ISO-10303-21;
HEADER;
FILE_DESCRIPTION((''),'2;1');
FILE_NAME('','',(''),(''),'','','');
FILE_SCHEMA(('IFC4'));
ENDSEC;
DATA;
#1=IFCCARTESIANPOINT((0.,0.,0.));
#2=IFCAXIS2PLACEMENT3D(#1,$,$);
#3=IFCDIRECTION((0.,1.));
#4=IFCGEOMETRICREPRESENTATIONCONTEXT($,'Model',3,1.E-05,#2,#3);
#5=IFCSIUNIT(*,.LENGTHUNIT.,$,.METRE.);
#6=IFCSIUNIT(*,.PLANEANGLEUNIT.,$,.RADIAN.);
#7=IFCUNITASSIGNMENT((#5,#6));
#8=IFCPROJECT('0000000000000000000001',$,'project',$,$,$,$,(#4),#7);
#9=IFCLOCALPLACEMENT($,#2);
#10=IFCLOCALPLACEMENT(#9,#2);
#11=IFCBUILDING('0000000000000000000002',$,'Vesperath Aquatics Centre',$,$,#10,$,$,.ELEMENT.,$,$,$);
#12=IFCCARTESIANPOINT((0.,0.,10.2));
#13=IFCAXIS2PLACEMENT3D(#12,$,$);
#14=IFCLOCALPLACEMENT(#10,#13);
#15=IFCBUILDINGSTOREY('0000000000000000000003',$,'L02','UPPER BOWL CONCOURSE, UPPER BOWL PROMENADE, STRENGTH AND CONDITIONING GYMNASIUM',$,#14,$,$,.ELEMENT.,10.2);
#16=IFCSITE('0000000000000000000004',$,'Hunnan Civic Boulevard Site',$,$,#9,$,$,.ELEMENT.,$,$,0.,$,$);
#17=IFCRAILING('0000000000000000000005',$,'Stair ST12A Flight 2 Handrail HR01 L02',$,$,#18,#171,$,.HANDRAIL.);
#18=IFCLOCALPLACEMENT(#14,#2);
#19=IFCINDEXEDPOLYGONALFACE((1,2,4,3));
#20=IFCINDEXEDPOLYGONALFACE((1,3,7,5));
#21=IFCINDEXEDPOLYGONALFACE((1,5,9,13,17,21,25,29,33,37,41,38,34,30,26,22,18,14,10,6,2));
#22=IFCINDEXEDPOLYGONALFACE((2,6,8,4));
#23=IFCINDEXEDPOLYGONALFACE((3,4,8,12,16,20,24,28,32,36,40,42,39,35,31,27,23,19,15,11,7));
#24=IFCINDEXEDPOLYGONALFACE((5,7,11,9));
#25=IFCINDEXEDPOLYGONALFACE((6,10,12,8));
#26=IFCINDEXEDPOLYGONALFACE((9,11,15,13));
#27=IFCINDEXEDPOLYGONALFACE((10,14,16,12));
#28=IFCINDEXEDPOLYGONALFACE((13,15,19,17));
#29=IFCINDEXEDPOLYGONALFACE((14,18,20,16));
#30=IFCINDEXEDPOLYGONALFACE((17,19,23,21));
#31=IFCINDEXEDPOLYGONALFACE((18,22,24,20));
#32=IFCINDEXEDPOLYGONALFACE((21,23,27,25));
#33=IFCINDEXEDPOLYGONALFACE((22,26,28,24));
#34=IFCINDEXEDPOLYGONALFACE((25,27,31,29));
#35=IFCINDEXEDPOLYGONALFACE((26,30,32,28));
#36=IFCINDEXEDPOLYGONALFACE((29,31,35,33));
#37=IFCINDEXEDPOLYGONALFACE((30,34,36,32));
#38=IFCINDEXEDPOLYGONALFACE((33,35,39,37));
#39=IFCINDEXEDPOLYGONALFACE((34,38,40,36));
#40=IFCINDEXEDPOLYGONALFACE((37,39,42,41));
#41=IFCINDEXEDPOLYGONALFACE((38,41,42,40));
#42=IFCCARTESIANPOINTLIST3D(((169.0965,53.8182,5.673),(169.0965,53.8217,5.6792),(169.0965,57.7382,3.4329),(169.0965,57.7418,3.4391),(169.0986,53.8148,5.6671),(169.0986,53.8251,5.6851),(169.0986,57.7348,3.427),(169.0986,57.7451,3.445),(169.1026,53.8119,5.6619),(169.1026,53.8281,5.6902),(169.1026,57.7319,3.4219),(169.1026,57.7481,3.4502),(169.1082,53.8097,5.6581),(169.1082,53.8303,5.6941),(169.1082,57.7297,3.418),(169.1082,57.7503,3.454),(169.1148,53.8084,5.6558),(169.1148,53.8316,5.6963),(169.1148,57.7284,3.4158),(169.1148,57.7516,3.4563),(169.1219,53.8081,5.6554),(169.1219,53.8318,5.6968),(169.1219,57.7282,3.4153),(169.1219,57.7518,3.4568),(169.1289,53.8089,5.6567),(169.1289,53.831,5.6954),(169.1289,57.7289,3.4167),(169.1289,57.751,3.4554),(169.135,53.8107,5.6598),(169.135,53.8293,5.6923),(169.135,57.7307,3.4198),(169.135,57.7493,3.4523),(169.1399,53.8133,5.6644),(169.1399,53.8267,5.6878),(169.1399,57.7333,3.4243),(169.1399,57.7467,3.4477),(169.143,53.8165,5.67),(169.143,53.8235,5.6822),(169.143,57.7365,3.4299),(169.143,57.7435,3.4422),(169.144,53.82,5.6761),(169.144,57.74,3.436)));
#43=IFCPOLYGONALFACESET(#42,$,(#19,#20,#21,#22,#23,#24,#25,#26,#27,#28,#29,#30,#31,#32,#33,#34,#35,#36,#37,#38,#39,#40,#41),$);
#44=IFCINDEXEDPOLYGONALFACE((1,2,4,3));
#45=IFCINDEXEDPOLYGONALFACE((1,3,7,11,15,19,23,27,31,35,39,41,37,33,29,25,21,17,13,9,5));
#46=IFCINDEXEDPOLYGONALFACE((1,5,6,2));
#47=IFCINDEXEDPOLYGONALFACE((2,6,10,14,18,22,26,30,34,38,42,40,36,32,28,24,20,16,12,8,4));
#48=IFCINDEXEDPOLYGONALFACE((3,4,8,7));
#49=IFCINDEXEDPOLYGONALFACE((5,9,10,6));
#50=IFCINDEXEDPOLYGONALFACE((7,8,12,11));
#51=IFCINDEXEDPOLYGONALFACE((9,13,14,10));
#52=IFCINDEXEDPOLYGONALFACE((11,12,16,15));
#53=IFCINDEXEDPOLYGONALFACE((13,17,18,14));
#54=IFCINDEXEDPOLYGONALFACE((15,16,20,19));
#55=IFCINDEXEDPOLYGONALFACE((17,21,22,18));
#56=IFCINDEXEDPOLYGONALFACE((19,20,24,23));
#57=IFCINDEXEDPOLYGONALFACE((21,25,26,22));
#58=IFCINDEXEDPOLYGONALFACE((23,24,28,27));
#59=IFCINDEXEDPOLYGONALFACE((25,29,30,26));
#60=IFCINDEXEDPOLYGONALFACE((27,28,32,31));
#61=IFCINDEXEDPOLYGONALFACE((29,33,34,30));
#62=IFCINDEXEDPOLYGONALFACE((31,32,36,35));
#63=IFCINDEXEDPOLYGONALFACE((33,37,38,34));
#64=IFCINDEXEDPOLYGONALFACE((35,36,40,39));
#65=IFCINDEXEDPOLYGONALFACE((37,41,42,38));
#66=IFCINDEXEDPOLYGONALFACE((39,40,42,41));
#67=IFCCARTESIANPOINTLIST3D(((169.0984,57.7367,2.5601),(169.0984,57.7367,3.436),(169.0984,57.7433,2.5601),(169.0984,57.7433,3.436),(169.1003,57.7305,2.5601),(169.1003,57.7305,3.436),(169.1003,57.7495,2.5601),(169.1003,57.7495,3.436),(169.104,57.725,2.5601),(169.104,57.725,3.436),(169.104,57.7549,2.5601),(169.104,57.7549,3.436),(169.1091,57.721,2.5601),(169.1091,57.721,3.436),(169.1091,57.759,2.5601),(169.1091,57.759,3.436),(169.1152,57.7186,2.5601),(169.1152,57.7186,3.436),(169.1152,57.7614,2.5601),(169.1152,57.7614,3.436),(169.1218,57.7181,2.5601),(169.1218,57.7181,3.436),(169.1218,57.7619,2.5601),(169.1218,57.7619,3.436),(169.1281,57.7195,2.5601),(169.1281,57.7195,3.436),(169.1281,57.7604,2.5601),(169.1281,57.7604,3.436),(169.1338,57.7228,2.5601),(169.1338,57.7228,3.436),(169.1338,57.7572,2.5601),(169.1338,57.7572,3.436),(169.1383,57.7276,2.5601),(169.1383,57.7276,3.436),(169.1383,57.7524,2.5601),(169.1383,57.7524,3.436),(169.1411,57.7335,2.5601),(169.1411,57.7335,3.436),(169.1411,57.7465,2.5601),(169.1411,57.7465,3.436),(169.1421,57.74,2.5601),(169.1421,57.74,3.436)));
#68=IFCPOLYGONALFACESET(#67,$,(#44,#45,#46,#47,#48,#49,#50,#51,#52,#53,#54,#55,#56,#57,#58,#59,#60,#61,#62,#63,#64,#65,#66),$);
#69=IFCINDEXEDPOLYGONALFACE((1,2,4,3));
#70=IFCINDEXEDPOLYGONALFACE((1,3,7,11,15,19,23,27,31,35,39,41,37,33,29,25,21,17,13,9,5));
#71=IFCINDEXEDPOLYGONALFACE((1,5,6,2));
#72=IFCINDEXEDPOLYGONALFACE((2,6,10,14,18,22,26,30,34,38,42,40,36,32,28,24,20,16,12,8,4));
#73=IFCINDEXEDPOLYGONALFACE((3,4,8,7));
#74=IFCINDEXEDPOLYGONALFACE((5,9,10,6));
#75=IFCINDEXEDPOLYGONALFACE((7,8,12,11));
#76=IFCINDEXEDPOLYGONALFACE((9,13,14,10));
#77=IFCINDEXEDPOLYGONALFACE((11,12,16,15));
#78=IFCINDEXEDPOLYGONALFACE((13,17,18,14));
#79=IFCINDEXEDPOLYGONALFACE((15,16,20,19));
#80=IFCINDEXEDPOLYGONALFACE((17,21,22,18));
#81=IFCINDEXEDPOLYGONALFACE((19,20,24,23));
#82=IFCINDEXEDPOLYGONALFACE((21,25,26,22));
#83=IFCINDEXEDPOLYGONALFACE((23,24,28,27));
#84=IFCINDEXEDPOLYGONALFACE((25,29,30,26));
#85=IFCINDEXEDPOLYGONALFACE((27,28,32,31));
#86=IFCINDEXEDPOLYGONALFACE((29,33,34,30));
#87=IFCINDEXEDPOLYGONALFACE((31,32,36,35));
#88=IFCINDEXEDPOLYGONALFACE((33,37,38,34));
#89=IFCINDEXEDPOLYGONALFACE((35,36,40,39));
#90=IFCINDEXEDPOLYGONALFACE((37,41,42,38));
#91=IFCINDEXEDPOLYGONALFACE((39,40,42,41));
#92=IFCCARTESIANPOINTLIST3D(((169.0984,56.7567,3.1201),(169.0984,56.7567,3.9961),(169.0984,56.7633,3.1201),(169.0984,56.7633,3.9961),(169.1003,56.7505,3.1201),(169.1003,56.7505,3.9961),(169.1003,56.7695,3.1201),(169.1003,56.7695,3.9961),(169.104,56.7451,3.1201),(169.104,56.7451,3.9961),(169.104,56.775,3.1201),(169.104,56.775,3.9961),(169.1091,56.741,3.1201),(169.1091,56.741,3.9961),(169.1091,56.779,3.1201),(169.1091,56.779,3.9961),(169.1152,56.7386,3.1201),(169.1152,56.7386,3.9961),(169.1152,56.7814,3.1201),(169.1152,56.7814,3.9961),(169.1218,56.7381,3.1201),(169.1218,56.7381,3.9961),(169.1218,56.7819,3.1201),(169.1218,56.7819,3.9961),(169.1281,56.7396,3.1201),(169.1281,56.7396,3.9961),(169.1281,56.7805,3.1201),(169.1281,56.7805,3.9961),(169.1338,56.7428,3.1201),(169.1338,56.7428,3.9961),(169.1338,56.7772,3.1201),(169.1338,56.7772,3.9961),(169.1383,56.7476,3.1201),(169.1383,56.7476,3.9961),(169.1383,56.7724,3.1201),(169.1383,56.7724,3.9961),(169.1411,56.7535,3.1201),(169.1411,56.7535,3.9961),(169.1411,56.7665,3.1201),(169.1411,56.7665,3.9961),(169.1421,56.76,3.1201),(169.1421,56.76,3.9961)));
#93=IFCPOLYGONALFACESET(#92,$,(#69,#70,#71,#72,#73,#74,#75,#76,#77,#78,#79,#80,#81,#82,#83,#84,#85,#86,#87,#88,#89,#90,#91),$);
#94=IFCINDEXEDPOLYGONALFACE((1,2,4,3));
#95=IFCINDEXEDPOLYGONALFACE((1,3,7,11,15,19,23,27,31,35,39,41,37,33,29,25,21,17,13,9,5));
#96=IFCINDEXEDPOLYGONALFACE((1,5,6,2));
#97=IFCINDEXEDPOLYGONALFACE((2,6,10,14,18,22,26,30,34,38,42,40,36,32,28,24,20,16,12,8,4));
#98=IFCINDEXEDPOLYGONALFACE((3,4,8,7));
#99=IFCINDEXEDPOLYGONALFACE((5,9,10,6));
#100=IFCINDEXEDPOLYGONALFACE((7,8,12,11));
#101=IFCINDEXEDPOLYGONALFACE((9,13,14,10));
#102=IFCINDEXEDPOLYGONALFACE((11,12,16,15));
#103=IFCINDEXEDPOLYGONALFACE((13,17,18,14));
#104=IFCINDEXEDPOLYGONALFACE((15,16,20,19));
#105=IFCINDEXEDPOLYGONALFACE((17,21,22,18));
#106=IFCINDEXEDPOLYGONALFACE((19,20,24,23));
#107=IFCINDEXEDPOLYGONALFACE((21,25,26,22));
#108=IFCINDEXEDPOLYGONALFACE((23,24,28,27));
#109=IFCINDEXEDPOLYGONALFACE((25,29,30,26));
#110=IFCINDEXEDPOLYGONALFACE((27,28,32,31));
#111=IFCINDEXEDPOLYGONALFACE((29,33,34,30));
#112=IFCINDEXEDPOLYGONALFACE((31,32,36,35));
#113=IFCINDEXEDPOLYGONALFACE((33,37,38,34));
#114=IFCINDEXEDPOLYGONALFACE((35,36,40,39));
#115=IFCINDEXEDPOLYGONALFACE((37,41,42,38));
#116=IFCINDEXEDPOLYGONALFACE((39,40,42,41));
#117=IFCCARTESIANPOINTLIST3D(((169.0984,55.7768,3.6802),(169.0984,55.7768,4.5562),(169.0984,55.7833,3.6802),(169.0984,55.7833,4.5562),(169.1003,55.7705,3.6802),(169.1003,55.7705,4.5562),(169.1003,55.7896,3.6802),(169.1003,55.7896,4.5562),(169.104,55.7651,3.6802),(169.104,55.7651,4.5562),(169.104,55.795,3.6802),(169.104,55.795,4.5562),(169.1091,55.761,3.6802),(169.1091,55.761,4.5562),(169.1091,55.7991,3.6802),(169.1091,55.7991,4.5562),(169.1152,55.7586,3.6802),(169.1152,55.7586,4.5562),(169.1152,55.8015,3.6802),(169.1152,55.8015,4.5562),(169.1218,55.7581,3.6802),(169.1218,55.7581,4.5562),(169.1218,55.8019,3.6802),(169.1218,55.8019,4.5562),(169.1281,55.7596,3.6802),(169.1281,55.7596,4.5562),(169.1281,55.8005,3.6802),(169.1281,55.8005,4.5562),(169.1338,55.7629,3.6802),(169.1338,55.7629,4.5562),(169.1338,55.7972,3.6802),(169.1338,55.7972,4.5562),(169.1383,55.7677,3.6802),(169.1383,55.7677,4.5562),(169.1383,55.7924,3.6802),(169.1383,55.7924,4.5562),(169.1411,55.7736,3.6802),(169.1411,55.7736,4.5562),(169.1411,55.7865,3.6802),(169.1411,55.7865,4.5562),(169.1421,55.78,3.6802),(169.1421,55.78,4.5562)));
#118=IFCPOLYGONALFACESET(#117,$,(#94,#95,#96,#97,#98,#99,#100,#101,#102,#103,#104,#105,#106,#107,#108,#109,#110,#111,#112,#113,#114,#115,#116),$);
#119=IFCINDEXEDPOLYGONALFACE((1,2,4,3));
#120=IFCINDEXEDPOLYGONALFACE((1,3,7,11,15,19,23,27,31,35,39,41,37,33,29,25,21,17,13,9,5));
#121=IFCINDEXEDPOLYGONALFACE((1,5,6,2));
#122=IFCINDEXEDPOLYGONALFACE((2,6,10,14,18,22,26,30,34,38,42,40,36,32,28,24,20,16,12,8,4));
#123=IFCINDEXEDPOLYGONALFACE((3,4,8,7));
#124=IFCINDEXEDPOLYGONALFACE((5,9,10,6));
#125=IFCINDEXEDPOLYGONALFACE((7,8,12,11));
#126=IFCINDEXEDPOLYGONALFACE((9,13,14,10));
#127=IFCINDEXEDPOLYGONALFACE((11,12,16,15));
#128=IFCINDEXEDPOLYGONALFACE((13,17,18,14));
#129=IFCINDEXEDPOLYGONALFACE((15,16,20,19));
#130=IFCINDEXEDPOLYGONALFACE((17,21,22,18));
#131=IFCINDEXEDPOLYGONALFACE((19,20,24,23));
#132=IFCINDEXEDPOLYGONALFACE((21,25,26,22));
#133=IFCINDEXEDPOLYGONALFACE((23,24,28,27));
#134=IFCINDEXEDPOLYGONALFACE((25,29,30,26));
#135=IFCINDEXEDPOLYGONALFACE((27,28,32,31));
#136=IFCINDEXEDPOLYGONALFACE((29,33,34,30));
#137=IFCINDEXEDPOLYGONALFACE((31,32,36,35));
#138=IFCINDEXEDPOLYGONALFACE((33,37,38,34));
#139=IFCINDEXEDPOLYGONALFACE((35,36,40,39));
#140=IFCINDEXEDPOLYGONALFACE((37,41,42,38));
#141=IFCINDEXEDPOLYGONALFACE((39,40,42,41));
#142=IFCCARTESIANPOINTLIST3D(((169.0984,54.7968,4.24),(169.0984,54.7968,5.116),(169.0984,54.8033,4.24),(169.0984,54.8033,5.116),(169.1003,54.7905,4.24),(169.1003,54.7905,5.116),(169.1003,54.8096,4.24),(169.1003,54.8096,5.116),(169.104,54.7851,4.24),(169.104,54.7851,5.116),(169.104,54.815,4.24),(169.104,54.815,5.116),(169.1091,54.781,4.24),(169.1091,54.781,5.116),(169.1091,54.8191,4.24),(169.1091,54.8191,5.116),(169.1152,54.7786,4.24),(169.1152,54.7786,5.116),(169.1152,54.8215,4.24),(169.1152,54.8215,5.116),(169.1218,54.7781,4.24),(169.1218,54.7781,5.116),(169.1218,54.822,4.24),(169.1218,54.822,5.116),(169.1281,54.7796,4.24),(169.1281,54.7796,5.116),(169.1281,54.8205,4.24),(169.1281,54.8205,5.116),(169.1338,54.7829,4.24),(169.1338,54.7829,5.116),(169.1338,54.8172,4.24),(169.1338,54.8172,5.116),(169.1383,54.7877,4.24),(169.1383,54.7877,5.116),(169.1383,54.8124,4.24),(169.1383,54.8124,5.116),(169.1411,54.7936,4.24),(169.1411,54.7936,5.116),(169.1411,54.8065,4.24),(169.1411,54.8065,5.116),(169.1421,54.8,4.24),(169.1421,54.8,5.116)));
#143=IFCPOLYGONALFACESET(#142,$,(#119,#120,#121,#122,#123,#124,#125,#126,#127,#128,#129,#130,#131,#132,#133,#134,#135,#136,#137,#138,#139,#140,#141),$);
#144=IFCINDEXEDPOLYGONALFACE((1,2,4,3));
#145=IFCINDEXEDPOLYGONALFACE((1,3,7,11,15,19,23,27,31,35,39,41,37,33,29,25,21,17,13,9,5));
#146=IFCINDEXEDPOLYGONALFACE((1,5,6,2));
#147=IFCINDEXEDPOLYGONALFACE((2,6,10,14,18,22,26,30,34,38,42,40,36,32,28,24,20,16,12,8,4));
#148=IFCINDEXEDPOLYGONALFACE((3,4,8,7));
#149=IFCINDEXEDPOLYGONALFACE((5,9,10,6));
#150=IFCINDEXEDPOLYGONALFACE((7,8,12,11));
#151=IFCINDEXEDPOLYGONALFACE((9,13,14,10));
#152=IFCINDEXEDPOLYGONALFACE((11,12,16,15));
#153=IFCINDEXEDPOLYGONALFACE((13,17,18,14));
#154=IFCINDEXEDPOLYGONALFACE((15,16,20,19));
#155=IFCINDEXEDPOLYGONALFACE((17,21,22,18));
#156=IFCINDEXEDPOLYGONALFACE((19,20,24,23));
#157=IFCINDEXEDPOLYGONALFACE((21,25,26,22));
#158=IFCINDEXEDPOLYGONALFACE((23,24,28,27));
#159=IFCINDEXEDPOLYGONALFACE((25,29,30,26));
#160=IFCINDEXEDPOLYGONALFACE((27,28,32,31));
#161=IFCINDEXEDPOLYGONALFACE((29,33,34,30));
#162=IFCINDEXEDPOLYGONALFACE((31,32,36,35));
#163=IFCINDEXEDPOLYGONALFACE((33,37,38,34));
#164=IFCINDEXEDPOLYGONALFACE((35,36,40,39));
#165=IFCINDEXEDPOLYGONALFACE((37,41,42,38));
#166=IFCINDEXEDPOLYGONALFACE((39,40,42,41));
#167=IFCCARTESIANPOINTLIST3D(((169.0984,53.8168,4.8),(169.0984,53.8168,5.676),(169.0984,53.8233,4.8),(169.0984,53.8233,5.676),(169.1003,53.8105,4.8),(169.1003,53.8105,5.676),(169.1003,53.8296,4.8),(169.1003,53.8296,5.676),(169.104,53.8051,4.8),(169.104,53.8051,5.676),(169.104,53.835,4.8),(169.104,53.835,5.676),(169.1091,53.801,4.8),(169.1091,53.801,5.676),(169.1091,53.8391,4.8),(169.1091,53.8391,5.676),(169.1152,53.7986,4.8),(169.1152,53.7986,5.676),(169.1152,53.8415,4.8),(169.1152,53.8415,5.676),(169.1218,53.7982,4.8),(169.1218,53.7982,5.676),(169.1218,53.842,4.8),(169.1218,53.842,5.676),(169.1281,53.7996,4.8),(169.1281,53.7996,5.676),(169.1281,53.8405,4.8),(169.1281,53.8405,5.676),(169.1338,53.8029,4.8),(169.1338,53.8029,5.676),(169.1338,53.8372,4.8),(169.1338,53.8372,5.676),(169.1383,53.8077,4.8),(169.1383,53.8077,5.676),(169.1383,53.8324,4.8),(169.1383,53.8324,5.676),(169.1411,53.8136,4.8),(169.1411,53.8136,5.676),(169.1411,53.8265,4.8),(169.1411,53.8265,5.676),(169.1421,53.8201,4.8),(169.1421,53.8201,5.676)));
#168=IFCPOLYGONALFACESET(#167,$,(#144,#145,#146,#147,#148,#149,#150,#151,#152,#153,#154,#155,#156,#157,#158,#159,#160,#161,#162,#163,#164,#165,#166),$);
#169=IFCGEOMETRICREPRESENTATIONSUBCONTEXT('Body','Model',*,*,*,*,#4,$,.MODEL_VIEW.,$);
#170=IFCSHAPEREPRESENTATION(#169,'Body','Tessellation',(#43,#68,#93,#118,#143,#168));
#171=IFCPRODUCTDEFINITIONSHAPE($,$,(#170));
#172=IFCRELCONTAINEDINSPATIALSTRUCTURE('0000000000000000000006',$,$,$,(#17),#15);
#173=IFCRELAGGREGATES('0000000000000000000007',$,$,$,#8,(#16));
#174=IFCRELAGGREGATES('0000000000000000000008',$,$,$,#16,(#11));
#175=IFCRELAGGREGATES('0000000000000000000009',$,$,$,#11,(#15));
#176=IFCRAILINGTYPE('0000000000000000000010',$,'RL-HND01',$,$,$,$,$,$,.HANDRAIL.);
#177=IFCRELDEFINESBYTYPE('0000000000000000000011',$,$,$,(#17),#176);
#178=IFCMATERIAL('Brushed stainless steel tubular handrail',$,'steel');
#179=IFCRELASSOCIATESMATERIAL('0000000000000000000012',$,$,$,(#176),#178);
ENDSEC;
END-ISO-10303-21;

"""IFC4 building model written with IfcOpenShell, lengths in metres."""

from ifc_helpers import new_model, si_unit, direction, frame, origin, origin_2d, place, context, subcontext, project, spatial, circle, extrude, material, type_object, element, save


model = new_model("IFC4")

# Units and contexts
model_context = context("Model", 3, precision=1e-05, world=origin(), true_north=direction((0.0, 1.0)))
body_context = subcontext(model_context, "Body", "Model", "MODEL_VIEW")
ifc_project = project(units=[si_unit("LENGTHUNIT", "METRE"), si_unit("PLANEANGLEUNIT", "RADIAN")], contexts=[model_context])

# Site, building, storey
site_placement = place(None, origin())
site = spatial("IfcSite", under=ifc_project, at=site_placement, Name="Hunnan Civic Boulevard Site", CompositionType="ELEMENT", RefElevation=0.0)
building_placement = place(site_placement, origin())
building = spatial("IfcBuilding", under=site, at=building_placement, Name="Vesperath Aquatics Centre", CompositionType="ELEMENT")
storey_placement = place(building_placement, frame((0.0, 0.0, 10.2)))
storey = spatial("IfcBuildingStorey", under=building, at=storey_placement, Name="L02", Description="UPPER BOWL CONCOURSE, UPPER BOWL PROMENADE, STRENGTH AND CONDITIONING GYMNASIUM", CompositionType="ELEMENT", Elevation=10.2)

# Railing
ifc_material_1 = material(Name="Brushed stainless steel tubular handrail", Category="steel")
railing_type_1 = type_object("IfcRailingType", Name="RL-HND01", PredefinedType="HANDRAIL", material=ifc_material_1)
railing_1_placement = place(storey_placement, frame((169.1201, 57.74, 2.5601)))
element("IfcRailing", 1, at=railing_1_placement, inside=storey, type_object=railing_type_1, Name="Stair ST12A Flight 2 Handrail HR01 L02", PredefinedType="HANDRAIL", context=body_context, shape_type="SweptSolid", body=[
    extrude(circle(Radius=0.0239, at=origin_2d()), frame((0.0, 0.0, 0.876), z_axis=(0.0, -0.86824, 0.496145), x_axis=(1.0, 0.0, 0.0)), (0.0, 0.0, 1.0), 4.5149),
    extrude(circle(Radius=0.022, at=origin_2d()), origin(), (0.0, 0.0, 1.0), 0.876),
    extrude(circle(Radius=0.022, at=origin_2d()), frame((0.0, -0.98, 0.5601)), (0.0, 0.0, 1.0), 0.876),
    extrude(circle(Radius=0.022, at=origin_2d()), frame((0.0, -1.96, 1.1201)), (0.0, 0.0, 1.0), 0.876),
    extrude(circle(Radius=0.022, at=origin_2d()), frame((0.0, -2.9399, 1.6799)), (0.0, 0.0, 1.0), 0.876),
    extrude(circle(Radius=0.022, at=origin_2d()), frame((0.0, -3.9199, 2.24)), (0.0, 0.0, 1.0), 0.876),
])

save(model, "model.ifc")
